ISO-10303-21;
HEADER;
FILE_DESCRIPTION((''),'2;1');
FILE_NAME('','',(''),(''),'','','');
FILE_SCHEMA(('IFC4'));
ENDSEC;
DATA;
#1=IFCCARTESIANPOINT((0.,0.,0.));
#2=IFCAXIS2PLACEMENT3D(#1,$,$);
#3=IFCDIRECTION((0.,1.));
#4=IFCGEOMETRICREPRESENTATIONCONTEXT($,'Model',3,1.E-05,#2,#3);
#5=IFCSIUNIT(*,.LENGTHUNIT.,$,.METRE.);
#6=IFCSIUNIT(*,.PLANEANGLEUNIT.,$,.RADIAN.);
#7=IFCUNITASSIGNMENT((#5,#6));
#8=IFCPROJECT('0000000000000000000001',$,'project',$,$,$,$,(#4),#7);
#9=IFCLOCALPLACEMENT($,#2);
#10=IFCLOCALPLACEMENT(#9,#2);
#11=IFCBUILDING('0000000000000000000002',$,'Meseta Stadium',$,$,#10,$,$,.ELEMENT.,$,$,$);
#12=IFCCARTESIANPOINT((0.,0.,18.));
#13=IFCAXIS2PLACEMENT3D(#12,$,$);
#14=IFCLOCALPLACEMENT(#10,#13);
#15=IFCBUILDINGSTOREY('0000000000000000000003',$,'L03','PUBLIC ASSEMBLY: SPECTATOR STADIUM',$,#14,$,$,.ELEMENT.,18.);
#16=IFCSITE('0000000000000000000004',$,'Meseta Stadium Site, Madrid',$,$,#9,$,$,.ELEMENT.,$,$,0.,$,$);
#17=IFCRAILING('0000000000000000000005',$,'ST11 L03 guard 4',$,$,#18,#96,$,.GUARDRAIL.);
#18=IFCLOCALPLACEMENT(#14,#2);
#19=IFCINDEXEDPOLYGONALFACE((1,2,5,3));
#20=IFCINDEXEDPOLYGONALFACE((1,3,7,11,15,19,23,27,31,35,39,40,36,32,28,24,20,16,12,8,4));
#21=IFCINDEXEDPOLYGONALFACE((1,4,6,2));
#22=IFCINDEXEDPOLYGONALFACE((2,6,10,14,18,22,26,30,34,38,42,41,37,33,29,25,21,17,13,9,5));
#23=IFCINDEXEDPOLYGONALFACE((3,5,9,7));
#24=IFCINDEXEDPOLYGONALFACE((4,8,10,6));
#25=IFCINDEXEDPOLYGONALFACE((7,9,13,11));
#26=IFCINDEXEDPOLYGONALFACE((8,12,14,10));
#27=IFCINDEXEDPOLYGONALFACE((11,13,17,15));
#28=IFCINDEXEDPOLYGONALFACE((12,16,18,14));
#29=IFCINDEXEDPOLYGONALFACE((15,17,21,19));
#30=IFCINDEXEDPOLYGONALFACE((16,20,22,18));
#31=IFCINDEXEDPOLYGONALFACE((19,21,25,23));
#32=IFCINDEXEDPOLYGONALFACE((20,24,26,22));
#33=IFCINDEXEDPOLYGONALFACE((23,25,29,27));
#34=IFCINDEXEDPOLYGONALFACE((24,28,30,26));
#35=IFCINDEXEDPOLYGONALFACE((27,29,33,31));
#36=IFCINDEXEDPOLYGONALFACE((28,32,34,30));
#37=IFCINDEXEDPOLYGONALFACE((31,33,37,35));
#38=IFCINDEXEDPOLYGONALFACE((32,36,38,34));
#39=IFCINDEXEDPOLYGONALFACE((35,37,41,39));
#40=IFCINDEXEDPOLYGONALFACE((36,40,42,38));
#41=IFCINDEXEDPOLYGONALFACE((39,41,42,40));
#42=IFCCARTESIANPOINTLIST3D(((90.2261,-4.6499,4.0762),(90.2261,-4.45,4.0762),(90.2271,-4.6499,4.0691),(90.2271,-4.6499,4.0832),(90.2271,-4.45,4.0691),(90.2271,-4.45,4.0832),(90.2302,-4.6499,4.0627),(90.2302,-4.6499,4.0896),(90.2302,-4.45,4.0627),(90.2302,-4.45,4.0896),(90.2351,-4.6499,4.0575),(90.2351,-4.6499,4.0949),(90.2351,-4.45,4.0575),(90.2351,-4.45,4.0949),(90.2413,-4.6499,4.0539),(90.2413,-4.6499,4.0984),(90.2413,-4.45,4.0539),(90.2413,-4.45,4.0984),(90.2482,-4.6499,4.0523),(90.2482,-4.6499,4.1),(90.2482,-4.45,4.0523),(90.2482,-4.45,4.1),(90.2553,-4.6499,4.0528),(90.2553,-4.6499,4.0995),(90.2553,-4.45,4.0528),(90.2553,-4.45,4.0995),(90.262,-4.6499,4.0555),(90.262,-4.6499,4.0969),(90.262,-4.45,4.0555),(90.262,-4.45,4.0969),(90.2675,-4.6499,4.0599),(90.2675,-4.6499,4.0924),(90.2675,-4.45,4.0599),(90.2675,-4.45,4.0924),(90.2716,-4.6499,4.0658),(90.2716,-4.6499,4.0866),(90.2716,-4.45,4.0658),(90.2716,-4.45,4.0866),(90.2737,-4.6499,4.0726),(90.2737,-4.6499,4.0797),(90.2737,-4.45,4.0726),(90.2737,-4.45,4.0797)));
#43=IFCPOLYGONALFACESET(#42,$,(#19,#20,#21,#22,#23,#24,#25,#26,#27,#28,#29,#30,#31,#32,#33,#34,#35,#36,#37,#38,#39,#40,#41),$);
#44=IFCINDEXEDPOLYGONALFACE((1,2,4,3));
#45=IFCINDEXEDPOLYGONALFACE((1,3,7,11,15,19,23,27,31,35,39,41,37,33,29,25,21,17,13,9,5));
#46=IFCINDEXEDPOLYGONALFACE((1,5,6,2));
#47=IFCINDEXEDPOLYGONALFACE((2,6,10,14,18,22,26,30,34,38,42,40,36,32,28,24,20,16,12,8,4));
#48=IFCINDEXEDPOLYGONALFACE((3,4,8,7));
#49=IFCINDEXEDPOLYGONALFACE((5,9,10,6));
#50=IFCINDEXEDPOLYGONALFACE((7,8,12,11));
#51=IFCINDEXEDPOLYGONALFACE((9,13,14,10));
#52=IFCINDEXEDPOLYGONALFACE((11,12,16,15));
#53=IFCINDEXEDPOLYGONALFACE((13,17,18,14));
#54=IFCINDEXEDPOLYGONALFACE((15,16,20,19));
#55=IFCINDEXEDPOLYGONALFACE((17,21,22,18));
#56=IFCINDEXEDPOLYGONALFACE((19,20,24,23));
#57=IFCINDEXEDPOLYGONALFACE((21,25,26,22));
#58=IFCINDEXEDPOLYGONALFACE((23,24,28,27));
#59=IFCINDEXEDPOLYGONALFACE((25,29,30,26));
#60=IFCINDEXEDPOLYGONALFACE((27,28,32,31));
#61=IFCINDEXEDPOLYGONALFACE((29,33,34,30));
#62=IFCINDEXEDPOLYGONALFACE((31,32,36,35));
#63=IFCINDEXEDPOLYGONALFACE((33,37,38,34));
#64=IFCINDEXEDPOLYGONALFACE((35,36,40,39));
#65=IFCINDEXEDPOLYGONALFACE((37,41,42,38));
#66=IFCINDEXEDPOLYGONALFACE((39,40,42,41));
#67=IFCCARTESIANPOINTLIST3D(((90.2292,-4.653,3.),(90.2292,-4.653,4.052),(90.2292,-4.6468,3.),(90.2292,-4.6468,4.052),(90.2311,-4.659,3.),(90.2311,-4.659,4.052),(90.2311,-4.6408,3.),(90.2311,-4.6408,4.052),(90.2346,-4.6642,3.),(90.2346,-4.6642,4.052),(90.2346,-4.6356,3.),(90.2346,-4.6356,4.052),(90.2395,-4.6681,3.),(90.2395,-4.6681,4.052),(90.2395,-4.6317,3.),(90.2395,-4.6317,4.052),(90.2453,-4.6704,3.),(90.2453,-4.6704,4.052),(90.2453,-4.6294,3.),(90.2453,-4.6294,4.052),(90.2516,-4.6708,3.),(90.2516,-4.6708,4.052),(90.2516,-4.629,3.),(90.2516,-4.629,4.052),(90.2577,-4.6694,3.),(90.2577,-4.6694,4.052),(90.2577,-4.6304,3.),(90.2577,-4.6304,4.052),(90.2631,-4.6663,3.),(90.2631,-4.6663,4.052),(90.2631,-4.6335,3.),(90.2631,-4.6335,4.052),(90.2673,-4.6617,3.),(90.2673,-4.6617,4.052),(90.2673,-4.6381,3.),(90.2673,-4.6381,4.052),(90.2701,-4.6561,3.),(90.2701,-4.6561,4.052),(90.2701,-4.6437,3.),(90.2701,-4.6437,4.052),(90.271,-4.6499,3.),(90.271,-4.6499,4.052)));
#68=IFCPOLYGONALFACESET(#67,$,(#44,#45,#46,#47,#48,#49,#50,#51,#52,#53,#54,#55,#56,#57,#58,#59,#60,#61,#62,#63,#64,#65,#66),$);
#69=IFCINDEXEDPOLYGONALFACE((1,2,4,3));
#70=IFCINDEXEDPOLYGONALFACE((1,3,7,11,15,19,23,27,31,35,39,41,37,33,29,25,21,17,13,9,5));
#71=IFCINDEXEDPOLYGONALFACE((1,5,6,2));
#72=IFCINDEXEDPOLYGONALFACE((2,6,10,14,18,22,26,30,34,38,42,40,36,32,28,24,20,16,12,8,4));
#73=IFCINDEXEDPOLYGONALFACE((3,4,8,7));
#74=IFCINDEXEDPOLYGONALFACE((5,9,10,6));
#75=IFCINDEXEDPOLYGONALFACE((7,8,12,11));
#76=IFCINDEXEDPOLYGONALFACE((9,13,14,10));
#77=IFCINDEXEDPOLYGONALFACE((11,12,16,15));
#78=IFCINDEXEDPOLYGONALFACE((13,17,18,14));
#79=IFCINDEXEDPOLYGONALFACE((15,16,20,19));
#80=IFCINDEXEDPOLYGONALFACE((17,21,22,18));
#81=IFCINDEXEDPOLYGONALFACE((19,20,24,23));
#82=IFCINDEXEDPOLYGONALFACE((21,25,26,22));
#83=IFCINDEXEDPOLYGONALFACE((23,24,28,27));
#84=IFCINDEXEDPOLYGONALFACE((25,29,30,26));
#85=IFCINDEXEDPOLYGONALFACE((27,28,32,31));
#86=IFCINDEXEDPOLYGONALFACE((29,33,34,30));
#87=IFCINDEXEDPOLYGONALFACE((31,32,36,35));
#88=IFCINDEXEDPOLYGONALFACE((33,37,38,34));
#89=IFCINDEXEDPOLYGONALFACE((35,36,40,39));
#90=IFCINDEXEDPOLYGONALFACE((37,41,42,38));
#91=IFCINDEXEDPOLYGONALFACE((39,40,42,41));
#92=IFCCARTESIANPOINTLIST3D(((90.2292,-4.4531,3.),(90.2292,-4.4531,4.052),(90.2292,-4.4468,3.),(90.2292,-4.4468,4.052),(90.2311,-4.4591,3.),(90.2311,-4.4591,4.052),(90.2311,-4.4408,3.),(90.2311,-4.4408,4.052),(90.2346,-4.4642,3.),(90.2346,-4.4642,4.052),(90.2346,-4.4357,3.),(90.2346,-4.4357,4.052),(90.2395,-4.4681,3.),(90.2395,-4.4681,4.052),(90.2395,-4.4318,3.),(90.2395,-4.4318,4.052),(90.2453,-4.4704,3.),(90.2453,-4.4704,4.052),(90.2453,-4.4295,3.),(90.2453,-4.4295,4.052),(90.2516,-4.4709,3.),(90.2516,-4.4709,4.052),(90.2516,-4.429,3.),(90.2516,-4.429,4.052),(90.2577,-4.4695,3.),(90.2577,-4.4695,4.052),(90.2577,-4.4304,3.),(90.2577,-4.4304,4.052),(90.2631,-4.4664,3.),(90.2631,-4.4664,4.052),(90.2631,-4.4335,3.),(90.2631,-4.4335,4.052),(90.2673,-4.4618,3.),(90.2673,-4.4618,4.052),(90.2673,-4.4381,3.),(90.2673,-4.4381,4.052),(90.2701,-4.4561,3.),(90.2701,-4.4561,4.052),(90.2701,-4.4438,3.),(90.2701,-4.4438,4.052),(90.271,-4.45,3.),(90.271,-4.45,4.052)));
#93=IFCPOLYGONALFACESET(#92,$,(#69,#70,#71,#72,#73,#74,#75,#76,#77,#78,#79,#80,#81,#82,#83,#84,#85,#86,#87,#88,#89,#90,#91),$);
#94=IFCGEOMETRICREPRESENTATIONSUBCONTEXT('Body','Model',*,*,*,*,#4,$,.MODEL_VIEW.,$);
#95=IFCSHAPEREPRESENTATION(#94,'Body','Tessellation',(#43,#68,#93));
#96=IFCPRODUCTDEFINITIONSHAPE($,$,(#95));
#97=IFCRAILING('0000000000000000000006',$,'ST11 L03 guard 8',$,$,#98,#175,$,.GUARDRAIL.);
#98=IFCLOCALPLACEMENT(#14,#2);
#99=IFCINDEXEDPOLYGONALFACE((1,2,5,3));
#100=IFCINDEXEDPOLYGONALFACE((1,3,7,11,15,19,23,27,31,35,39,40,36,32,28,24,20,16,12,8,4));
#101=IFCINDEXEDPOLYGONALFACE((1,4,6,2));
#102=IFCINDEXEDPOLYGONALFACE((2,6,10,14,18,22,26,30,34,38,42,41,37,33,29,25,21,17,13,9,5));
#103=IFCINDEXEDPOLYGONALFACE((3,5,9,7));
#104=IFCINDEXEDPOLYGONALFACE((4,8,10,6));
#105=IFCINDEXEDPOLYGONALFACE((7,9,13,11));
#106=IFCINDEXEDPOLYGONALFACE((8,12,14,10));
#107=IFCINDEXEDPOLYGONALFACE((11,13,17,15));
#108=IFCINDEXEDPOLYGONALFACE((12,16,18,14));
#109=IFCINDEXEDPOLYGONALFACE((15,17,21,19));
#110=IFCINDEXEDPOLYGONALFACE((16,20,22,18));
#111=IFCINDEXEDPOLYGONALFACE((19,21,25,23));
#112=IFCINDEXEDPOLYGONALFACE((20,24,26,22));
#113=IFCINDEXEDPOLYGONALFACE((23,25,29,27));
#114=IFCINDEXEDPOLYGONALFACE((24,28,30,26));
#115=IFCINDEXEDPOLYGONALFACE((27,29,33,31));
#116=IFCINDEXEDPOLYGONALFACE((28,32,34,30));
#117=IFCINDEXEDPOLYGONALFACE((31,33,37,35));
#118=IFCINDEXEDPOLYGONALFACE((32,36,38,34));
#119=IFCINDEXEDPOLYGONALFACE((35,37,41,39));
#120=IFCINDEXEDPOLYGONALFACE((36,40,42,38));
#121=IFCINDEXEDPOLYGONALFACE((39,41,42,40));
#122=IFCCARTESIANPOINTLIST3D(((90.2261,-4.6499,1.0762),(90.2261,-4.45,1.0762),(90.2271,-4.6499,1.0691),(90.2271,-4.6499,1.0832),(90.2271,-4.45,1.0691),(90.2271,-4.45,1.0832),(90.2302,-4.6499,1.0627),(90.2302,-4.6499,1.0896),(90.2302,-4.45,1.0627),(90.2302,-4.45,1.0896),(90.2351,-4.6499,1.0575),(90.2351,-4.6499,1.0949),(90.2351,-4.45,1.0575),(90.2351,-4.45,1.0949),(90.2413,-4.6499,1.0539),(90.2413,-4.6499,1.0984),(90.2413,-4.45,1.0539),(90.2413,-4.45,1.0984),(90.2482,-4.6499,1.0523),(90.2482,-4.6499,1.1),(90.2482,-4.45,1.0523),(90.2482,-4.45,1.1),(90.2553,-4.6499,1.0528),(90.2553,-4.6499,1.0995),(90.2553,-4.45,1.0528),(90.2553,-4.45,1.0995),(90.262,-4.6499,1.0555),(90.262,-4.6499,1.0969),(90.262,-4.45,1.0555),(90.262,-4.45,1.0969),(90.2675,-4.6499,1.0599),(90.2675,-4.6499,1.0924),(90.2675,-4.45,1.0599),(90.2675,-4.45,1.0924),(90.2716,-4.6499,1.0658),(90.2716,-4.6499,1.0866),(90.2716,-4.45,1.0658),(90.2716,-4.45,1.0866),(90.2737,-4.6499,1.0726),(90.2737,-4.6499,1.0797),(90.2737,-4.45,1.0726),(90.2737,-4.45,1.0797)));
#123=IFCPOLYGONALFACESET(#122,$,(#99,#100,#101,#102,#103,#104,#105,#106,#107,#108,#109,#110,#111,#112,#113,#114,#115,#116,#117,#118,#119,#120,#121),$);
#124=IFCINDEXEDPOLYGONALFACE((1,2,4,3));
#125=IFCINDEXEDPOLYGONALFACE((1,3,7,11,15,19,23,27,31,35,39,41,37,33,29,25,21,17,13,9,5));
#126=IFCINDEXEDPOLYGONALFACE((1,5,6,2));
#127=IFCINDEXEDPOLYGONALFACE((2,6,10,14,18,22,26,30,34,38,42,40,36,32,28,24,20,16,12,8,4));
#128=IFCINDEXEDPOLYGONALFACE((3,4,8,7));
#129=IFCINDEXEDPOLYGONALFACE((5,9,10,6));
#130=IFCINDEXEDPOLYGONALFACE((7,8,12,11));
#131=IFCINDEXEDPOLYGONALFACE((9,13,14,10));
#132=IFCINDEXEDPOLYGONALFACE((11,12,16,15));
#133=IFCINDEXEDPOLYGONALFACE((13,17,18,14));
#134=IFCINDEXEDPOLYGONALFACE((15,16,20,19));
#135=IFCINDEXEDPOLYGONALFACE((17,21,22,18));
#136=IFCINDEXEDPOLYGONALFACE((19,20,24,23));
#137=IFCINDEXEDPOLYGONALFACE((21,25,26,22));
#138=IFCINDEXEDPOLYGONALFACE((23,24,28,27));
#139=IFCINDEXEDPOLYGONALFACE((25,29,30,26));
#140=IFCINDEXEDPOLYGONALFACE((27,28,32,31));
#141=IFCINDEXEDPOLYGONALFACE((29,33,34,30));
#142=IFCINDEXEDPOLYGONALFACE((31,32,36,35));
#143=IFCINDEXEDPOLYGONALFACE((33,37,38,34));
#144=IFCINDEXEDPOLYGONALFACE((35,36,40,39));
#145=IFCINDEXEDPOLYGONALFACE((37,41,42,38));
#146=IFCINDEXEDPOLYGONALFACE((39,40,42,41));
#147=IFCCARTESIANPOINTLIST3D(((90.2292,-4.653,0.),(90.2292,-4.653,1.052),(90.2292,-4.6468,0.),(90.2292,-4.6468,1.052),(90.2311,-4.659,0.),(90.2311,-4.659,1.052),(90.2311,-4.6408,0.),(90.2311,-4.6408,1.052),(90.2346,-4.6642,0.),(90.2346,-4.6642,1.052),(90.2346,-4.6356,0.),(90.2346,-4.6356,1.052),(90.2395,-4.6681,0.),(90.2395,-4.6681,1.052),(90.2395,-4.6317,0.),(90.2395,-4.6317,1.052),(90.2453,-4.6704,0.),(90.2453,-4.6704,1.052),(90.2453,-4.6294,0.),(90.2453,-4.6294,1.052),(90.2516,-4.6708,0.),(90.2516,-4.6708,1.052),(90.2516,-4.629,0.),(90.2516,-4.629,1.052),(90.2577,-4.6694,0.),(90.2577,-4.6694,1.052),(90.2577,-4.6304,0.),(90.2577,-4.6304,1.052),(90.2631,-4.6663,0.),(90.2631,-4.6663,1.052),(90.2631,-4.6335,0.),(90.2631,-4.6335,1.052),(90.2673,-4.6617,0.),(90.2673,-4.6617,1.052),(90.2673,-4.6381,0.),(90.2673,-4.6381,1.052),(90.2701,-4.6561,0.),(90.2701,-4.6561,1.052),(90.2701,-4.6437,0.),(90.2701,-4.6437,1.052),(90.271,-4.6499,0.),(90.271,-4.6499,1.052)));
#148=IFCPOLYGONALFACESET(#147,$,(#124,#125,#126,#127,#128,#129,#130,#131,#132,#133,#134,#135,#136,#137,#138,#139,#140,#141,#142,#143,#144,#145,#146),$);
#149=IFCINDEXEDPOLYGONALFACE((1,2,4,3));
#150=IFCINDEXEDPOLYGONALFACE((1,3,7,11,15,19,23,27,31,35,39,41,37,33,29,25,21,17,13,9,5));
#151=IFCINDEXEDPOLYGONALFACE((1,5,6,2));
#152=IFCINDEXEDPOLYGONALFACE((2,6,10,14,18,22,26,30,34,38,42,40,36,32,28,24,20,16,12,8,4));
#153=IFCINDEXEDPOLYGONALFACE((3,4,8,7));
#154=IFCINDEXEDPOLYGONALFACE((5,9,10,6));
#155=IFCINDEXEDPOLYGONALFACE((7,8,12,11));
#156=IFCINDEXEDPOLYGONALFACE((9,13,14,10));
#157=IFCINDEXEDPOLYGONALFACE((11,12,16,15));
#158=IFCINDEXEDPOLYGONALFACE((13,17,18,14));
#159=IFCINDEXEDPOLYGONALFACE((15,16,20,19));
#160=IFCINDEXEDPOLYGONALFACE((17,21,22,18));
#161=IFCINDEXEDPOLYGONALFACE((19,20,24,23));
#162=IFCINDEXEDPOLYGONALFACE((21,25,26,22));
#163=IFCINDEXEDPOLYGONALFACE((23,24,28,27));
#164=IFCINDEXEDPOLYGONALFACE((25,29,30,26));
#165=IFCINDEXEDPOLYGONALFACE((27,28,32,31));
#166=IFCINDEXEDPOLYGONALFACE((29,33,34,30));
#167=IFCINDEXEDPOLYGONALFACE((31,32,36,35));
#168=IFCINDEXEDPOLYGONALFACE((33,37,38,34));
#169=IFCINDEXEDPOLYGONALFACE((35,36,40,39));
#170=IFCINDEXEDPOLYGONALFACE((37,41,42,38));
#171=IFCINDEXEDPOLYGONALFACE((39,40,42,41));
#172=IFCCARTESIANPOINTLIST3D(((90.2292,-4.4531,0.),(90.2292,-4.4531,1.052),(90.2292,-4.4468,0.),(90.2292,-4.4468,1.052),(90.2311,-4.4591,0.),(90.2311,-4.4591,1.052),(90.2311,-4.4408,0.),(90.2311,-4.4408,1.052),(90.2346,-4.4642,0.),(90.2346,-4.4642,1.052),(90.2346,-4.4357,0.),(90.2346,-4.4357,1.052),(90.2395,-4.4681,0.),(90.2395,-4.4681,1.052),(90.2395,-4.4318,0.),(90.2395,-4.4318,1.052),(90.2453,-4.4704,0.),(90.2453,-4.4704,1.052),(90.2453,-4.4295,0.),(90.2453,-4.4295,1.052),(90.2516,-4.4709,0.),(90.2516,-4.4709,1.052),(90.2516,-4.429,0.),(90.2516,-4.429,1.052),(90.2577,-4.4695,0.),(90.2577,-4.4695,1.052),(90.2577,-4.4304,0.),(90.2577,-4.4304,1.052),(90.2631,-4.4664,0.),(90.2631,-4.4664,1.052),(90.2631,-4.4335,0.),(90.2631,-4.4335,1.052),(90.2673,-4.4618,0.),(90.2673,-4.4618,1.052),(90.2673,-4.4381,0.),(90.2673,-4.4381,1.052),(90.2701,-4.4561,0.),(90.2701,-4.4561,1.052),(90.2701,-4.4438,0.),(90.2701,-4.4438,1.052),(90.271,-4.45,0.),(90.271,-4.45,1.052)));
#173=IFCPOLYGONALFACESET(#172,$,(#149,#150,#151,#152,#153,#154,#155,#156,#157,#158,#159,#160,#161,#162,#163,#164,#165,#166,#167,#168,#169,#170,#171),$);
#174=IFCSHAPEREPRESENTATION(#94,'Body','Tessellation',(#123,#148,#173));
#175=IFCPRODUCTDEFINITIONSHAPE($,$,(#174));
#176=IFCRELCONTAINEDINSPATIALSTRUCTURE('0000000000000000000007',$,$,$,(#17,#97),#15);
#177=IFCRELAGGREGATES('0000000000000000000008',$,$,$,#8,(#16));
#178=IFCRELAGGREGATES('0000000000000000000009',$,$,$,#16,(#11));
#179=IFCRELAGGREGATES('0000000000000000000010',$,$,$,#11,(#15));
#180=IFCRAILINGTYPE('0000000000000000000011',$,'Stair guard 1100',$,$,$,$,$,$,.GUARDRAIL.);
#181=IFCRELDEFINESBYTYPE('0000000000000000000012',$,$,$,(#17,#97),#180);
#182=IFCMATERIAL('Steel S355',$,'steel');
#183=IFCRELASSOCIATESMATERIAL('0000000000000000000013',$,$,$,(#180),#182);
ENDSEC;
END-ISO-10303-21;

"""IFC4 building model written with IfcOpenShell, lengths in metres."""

from ifc_helpers import new_model, si_unit, direction, frame, origin, origin_2d, place, context, subcontext, project, spatial, circle, extrude, material, type_object, element, save


model = new_model("IFC4")

# Units and contexts
model_context = context("Model", 3, precision=1e-05, world=origin(), true_north=direction((0.0, 1.0)))
body_context = subcontext(model_context, "Body", "Model", "MODEL_VIEW")
ifc_project = project(units=[si_unit("LENGTHUNIT", "METRE"), si_unit("PLANEANGLEUNIT", "RADIAN")], contexts=[model_context])

# Site, building, storey
site_placement = place(None, origin())
site = spatial("IfcSite", under=ifc_project, at=site_placement, Name="Meseta Stadium Site, Madrid", CompositionType="ELEMENT", RefElevation=0.0)
building_placement = place(site_placement, origin())
building = spatial("IfcBuilding", under=site, at=building_placement, Name="Meseta Stadium", CompositionType="ELEMENT")
storey_placement = place(building_placement, frame((0.0, 0.0, 18.0)))
storey = spatial("IfcBuildingStorey", under=building, at=storey_placement, Name="L03", Description="PUBLIC ASSEMBLY: SPECTATOR STADIUM", CompositionType="ELEMENT", Elevation=18.0)

# Railings
ifc_material_1 = material(Name="Steel S355", Category="steel")
railing_type_1 = type_object("IfcRailingType", Name="Stair guard 1100", PredefinedType="GUARDRAIL", material=ifc_material_1)
for number, where, name in (
    (1, (90.25, -4.6499, 3.0), "ST11 L03 guard 4"),
    (2, (90.25, -4.6499, 0.0), "ST11 L03 guard 8"),
):
    element("IfcRailing", number, at=place(storey_placement, frame(where)), inside=storey, type_object=railing_type_1, Name=name, PredefinedType="GUARDRAIL", context=body_context, shape_type="SweptSolid", body=[
        extrude(circle(Radius=0.0239, at=origin_2d()), frame((0.0, 0.0, 1.0762), z_axis=(0.0, 1.0, 0.0), x_axis=(-1.0, 0.0, 0.0)), (0.0, 0.0, 1.0), 0.2),
        extrude(circle(Radius=0.021, at=origin_2d()), origin(), (0.0, 0.0, 1.0), 1.052),
        extrude(circle(Radius=0.021, at=origin_2d()), frame((0.0, 0.2, 0.0)), (0.0, 0.0, 1.0), 1.052),
    ])

save(model, "model.ifc")
